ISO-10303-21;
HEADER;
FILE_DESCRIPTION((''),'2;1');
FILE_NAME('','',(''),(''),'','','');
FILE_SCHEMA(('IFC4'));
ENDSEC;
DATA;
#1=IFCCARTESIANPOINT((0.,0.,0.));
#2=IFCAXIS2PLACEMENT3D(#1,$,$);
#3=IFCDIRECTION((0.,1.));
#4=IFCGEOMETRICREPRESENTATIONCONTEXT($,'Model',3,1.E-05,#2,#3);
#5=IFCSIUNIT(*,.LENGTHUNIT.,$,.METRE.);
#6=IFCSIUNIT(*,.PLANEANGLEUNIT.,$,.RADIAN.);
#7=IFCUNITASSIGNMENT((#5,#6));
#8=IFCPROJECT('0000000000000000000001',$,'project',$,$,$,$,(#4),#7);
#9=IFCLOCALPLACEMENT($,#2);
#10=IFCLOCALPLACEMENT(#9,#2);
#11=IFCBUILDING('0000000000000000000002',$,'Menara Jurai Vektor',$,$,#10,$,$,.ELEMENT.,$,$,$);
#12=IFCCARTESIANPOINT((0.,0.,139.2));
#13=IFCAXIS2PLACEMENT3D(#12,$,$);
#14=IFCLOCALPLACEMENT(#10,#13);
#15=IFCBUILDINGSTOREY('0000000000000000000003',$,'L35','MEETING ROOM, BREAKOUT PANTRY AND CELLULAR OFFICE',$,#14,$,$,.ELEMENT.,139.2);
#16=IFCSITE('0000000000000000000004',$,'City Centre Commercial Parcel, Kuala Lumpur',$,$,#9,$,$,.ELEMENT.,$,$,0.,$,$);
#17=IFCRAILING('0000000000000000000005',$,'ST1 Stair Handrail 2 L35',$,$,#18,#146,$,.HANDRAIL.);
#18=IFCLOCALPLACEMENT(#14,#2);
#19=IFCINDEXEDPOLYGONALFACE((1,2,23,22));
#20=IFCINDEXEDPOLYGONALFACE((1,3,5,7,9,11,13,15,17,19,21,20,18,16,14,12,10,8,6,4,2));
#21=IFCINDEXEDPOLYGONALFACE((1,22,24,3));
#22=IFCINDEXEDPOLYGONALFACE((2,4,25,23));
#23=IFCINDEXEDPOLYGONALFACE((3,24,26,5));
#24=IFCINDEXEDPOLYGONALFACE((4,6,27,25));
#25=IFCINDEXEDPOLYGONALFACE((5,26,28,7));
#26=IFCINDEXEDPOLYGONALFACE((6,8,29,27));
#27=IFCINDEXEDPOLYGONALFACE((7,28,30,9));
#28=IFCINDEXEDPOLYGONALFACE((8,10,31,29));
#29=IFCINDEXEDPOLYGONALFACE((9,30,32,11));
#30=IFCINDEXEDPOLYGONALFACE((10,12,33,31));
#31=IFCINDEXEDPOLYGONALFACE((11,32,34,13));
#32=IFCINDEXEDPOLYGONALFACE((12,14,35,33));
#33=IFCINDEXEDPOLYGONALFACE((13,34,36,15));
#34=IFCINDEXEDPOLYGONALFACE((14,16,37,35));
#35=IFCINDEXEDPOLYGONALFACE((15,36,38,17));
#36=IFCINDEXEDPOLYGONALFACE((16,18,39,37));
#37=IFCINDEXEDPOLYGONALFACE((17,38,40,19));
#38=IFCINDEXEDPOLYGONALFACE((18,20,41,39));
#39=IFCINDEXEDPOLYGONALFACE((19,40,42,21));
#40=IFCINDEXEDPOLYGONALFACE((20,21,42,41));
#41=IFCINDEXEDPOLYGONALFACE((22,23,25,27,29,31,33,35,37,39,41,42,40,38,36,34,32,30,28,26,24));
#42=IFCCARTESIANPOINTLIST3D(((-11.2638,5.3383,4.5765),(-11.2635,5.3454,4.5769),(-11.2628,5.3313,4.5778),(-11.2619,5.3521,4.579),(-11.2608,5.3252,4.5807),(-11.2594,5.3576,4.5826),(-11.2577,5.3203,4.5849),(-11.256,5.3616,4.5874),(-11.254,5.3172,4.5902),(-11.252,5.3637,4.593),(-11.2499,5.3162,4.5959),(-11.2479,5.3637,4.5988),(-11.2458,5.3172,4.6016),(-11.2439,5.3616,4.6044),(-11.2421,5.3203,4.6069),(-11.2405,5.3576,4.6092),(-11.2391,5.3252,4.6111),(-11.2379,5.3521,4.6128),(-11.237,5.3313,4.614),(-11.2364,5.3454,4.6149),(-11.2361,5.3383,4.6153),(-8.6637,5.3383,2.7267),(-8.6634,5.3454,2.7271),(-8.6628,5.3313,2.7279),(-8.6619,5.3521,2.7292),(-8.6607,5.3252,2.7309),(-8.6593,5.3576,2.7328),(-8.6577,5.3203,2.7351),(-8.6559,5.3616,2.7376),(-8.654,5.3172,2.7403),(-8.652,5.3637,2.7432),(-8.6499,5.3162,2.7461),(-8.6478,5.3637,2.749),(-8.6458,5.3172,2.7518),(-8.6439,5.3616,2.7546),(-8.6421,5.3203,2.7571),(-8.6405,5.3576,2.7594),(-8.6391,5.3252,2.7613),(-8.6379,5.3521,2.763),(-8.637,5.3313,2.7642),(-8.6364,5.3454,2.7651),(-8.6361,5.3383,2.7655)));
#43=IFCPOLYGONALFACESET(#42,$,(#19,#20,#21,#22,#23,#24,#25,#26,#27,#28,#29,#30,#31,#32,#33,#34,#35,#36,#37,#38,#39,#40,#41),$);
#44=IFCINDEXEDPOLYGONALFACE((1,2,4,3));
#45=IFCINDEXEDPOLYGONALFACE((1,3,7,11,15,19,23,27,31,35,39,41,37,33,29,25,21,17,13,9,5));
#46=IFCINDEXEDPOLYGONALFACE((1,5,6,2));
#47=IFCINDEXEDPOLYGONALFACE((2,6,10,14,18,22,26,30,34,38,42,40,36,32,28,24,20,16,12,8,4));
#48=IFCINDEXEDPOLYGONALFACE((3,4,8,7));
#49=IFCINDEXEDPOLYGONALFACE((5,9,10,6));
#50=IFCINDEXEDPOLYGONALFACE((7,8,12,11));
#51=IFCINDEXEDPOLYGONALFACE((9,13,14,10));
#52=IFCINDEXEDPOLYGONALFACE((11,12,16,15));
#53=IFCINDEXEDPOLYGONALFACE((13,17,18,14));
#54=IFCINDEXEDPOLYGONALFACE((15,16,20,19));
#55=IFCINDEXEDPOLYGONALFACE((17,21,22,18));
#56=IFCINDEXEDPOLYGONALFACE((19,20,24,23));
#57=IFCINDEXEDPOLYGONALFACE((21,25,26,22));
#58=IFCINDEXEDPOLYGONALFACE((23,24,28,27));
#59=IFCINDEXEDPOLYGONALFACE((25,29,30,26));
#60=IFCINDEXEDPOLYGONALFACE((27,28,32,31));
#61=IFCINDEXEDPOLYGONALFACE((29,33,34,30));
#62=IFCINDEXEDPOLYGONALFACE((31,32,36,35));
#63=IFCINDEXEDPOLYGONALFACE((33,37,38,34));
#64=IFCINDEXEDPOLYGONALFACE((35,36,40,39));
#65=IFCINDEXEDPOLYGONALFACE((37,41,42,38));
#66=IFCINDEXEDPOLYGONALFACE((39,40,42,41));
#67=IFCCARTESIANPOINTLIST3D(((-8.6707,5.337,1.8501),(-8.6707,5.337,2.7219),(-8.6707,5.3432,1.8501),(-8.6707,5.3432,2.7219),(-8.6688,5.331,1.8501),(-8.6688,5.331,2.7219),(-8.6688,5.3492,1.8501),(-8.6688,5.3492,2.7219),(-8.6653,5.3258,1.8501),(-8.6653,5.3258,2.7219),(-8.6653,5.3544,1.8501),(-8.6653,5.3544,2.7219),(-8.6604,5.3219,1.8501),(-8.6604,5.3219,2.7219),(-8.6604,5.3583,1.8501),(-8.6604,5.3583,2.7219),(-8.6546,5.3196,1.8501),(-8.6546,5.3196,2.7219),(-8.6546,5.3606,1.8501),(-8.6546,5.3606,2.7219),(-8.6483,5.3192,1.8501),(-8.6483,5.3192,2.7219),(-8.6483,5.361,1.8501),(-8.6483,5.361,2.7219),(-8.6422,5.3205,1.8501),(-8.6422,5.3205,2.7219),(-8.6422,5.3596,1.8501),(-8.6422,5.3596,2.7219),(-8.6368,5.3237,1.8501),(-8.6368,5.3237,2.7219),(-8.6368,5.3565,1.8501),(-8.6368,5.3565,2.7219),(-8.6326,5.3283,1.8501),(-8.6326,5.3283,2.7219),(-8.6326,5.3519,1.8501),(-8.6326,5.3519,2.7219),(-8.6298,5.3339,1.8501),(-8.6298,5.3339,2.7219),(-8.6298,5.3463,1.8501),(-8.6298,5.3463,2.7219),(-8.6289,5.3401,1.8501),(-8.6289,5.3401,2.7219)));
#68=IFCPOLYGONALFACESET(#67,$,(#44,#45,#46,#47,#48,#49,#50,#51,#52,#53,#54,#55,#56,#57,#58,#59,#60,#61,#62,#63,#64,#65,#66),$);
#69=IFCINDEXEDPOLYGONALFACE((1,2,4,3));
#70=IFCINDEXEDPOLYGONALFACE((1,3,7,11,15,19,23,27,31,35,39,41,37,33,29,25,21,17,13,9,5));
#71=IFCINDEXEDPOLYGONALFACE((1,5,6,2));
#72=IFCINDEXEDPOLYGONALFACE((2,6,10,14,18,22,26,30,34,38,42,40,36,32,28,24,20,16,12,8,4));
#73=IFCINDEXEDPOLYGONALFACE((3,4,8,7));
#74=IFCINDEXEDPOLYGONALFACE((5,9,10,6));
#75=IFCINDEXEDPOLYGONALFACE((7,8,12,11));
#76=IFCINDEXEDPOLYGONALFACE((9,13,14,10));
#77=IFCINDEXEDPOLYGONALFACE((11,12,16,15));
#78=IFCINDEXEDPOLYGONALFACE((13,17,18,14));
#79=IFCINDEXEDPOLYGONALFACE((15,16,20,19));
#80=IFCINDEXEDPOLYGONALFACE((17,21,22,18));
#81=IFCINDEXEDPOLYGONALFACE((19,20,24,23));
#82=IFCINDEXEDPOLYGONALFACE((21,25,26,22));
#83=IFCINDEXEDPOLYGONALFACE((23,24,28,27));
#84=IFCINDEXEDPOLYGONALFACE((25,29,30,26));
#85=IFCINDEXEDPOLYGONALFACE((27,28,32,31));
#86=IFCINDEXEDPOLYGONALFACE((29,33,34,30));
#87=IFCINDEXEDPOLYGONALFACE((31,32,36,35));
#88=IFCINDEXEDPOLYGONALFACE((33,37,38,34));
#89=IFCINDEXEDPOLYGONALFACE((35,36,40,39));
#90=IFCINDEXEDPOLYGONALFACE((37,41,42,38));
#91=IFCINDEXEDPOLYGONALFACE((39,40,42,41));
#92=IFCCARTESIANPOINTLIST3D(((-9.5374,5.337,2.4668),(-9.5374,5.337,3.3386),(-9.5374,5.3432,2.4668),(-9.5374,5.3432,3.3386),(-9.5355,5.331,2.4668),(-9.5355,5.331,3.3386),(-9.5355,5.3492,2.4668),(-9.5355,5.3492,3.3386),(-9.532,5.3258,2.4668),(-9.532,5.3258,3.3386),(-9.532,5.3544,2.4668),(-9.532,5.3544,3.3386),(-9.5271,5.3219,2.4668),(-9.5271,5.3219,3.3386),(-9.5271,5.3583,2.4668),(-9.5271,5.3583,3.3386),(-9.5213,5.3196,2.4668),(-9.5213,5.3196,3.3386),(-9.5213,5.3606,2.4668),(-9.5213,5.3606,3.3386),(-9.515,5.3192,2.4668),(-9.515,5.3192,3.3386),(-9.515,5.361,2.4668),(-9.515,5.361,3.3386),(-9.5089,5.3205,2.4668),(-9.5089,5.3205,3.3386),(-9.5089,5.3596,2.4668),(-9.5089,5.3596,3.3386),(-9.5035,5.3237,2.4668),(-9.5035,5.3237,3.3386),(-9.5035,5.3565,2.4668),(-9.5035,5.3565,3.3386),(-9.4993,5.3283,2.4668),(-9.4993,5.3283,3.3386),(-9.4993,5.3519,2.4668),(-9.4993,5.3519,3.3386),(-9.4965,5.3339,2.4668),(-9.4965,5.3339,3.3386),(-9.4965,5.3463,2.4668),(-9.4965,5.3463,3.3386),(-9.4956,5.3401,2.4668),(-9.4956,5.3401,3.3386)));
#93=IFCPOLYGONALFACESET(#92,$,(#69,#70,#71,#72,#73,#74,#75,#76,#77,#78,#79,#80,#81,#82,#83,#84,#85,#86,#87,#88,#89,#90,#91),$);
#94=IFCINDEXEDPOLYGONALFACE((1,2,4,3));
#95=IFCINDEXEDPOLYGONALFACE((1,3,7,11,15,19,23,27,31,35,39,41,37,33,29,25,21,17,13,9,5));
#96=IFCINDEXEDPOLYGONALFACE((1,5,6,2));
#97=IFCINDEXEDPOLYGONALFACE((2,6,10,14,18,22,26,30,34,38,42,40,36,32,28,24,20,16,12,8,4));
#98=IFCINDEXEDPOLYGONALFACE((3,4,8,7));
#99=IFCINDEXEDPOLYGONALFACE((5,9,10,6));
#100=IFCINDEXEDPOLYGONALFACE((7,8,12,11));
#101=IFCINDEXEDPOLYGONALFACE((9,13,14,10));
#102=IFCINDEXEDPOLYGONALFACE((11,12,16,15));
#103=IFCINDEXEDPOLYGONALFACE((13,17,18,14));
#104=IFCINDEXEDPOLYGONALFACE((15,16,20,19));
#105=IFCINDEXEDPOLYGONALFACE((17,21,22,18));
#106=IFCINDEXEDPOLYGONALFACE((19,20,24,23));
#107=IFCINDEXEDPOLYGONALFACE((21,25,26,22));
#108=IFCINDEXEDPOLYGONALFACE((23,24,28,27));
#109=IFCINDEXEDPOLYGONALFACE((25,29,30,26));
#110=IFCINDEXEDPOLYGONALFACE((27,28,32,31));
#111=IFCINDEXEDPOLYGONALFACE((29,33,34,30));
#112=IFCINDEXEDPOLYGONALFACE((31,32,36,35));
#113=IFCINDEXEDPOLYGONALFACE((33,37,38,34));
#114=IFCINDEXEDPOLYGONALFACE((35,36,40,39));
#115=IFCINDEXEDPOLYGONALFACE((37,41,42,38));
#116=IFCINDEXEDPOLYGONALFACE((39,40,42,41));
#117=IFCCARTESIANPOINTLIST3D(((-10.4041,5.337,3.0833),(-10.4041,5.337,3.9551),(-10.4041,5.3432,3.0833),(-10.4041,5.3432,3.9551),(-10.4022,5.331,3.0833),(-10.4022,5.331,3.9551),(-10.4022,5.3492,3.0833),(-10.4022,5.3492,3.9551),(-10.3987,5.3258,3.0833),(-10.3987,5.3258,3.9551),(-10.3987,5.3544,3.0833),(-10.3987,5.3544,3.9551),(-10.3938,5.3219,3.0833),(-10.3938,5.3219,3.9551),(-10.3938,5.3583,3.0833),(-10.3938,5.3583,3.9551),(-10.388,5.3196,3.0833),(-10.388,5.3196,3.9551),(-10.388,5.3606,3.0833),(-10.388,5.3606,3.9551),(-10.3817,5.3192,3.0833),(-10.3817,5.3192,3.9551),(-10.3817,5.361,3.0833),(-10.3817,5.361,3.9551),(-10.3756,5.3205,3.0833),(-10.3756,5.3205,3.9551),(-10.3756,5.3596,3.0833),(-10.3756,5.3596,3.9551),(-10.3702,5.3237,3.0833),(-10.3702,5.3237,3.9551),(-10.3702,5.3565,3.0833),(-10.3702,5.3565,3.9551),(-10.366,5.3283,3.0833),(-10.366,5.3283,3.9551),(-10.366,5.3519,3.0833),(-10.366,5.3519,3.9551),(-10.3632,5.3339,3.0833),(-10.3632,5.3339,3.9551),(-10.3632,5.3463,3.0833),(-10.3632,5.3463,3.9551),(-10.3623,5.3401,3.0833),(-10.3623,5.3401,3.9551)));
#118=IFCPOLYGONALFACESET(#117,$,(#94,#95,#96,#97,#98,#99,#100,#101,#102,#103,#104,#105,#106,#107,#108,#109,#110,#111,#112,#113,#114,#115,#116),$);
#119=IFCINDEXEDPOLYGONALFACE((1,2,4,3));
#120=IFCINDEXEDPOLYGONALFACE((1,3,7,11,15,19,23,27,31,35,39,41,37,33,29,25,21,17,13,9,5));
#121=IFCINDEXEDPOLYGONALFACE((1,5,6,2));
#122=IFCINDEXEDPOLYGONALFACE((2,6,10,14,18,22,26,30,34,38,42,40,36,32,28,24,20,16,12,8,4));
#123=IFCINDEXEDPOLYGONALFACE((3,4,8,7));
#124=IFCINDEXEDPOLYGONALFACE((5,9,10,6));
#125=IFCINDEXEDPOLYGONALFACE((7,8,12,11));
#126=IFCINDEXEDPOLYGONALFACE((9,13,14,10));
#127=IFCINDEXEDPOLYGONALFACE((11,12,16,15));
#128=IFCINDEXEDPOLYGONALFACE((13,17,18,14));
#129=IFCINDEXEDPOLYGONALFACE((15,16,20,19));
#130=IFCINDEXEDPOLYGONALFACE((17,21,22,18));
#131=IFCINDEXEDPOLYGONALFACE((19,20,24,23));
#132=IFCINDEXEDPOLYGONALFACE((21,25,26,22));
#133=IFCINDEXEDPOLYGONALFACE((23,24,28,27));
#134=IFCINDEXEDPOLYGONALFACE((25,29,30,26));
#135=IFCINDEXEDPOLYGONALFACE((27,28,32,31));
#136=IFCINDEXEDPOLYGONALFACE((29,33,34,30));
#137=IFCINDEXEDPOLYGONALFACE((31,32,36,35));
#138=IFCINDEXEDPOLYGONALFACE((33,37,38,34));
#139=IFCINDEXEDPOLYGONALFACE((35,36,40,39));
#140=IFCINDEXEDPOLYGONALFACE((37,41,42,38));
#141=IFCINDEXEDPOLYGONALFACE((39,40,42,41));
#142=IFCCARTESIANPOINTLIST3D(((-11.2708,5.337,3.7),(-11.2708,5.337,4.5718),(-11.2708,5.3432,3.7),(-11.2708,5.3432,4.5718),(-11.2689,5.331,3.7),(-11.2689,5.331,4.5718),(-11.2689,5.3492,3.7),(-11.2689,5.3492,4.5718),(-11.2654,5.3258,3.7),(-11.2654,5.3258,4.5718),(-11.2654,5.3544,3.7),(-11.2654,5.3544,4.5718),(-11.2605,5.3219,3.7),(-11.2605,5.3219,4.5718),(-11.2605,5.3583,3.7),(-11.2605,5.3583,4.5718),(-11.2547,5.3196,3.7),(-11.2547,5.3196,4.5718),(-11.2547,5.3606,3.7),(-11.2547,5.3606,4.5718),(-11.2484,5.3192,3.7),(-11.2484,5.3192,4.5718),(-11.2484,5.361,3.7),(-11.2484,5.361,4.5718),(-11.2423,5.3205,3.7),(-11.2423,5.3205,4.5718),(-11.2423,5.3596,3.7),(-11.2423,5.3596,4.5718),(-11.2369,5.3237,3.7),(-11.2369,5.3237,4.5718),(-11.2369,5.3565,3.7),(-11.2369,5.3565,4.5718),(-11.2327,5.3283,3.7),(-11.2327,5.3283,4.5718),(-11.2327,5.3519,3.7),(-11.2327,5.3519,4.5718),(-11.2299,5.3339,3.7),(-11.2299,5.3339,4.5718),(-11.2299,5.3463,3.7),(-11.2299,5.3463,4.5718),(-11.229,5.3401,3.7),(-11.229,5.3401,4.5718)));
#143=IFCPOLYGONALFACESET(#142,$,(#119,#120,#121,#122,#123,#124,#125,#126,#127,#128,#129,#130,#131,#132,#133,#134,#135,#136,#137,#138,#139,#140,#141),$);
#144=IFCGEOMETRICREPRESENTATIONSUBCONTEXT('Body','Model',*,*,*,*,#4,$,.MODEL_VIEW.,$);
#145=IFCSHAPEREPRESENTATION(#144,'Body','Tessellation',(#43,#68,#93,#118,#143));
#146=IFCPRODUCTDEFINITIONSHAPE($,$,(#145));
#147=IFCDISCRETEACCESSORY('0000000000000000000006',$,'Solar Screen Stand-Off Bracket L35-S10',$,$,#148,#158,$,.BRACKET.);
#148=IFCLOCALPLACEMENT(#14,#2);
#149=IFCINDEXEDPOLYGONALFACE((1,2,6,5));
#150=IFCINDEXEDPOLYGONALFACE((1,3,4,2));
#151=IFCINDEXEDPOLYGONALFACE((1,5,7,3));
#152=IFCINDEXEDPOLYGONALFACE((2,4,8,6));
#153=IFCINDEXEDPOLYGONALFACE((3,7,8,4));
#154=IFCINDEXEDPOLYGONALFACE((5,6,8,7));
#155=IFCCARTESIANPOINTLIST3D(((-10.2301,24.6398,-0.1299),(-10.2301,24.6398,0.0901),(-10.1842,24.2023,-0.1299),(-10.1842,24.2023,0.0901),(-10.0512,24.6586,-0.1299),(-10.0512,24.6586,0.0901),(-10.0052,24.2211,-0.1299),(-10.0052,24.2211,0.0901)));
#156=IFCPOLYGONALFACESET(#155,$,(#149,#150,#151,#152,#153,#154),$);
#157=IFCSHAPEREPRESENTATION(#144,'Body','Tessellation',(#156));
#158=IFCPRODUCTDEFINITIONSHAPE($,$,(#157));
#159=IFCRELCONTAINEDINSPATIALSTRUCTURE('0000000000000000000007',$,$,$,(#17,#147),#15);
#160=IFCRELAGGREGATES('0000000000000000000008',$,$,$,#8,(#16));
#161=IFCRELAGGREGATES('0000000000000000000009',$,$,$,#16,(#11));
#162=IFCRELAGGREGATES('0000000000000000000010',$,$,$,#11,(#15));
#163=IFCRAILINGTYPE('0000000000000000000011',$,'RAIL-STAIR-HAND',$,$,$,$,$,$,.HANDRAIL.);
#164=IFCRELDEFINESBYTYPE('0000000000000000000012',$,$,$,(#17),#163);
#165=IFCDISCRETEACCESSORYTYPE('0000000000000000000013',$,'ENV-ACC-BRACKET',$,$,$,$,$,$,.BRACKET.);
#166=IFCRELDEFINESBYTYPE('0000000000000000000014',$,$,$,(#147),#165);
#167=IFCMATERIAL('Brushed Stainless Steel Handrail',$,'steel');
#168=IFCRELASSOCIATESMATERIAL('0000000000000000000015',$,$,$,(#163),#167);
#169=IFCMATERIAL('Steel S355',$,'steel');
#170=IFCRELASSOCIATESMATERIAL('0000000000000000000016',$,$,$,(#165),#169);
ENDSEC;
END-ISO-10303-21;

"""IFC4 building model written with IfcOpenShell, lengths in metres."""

from ifc_helpers import new_model, si_unit, direction, frame, origin, origin_2d, place, context, subcontext, project, spatial, rectangle, circle, extrude, material, type_object, element, save


model = new_model("IFC4")

# Units and contexts
model_context = context("Model", 3, precision=1e-05, world=origin(), true_north=direction((0.0, 1.0)))
body_context = subcontext(model_context, "Body", "Model", "MODEL_VIEW")
ifc_project = project(units=[si_unit("LENGTHUNIT", "METRE"), si_unit("PLANEANGLEUNIT", "RADIAN")], contexts=[model_context])

# Site, building, storey
site_placement = place(None, origin())
site = spatial("IfcSite", under=ifc_project, at=site_placement, Name="City Centre Commercial Parcel, Kuala Lumpur", CompositionType="ELEMENT", RefElevation=0.0)
building_placement = place(site_placement, origin())
building = spatial("IfcBuilding", under=site, at=building_placement, Name="Menara Jurai Vektor", CompositionType="ELEMENT")
storey_placement = place(building_placement, frame((0.0, 0.0, 139.2)))
storey = spatial("IfcBuildingStorey", under=building, at=storey_placement, Name="L35", Description="MEETING ROOM, BREAKOUT PANTRY AND CELLULAR OFFICE", CompositionType="ELEMENT", Elevation=139.2)

# Shared definitions
ifc_material_1 = material(Name="Steel S355", Category="steel")

# Railing
ifc_material_2 = material(Name="Brushed Stainless Steel Handrail", Category="steel")
railing_type = type_object("IfcRailingType", Name="RAIL-STAIR-HAND", PredefinedType="HANDRAIL", material=ifc_material_2)
railing_placement = place(storey_placement, frame((-8.6499, 5.3401, 1.8501)))
element("IfcRailing", 1, at=railing_placement, inside=storey, type_object=railing_type, Name="ST1 Stair Handrail 2 L35", PredefinedType="HANDRAIL", context=body_context, shape_type="SweptSolid", body=[
    extrude(circle(Radius=0.0239, at=origin_2d()), frame((0.0, 0.0, 0.896), z_axis=(-0.814823, 0.0, 0.57971), x_axis=(0.0, -1.0, 0.0)), (0.0, 0.0, 1.0), 3.1909),
    extrude(circle(Radius=0.021, at=origin_2d()), origin(), (0.0, 0.0, 1.0), 0.8718),
    extrude(circle(Radius=0.021, at=origin_2d()), frame((-0.8667, 0.0, 0.6167)), (0.0, 0.0, 1.0), 0.8718),
    extrude(circle(Radius=0.021, at=origin_2d()), frame((-1.7334, 0.0, 1.2332)), (0.0, 0.0, 1.0), 0.8718),
    extrude(circle(Radius=0.021, at=origin_2d()), frame((-2.6001, 0.0, 1.8499)), (0.0, 0.0, 1.0), 0.8718),
])

# Discrete accessory
discrete_accessory_type = type_object("IfcDiscreteAccessoryType", Name="ENV-ACC-BRACKET", PredefinedType="BRACKET", material=ifc_material_1)
discrete_accessory_placement = place(storey_placement, frame((-10.1177, 24.4304, -0.1299), z_axis=(0.0, 0.0, 1.0), x_axis=(-0.994522, -0.104528, 0.0)))
element("IfcDiscreteAccessory", 2, at=discrete_accessory_placement, inside=storey, type_object=discrete_accessory_type, Name="Solar Screen Stand-Off Bracket L35-S10", PredefinedType="BRACKET", context=body_context, shape_type="SweptSolid", body=[
    extrude(rectangle(XDim=0.1799, YDim=0.4399, at=origin_2d()), origin(), (0.0, 0.0, 1.0), 0.22),
])

save(model, "model.ifc")
